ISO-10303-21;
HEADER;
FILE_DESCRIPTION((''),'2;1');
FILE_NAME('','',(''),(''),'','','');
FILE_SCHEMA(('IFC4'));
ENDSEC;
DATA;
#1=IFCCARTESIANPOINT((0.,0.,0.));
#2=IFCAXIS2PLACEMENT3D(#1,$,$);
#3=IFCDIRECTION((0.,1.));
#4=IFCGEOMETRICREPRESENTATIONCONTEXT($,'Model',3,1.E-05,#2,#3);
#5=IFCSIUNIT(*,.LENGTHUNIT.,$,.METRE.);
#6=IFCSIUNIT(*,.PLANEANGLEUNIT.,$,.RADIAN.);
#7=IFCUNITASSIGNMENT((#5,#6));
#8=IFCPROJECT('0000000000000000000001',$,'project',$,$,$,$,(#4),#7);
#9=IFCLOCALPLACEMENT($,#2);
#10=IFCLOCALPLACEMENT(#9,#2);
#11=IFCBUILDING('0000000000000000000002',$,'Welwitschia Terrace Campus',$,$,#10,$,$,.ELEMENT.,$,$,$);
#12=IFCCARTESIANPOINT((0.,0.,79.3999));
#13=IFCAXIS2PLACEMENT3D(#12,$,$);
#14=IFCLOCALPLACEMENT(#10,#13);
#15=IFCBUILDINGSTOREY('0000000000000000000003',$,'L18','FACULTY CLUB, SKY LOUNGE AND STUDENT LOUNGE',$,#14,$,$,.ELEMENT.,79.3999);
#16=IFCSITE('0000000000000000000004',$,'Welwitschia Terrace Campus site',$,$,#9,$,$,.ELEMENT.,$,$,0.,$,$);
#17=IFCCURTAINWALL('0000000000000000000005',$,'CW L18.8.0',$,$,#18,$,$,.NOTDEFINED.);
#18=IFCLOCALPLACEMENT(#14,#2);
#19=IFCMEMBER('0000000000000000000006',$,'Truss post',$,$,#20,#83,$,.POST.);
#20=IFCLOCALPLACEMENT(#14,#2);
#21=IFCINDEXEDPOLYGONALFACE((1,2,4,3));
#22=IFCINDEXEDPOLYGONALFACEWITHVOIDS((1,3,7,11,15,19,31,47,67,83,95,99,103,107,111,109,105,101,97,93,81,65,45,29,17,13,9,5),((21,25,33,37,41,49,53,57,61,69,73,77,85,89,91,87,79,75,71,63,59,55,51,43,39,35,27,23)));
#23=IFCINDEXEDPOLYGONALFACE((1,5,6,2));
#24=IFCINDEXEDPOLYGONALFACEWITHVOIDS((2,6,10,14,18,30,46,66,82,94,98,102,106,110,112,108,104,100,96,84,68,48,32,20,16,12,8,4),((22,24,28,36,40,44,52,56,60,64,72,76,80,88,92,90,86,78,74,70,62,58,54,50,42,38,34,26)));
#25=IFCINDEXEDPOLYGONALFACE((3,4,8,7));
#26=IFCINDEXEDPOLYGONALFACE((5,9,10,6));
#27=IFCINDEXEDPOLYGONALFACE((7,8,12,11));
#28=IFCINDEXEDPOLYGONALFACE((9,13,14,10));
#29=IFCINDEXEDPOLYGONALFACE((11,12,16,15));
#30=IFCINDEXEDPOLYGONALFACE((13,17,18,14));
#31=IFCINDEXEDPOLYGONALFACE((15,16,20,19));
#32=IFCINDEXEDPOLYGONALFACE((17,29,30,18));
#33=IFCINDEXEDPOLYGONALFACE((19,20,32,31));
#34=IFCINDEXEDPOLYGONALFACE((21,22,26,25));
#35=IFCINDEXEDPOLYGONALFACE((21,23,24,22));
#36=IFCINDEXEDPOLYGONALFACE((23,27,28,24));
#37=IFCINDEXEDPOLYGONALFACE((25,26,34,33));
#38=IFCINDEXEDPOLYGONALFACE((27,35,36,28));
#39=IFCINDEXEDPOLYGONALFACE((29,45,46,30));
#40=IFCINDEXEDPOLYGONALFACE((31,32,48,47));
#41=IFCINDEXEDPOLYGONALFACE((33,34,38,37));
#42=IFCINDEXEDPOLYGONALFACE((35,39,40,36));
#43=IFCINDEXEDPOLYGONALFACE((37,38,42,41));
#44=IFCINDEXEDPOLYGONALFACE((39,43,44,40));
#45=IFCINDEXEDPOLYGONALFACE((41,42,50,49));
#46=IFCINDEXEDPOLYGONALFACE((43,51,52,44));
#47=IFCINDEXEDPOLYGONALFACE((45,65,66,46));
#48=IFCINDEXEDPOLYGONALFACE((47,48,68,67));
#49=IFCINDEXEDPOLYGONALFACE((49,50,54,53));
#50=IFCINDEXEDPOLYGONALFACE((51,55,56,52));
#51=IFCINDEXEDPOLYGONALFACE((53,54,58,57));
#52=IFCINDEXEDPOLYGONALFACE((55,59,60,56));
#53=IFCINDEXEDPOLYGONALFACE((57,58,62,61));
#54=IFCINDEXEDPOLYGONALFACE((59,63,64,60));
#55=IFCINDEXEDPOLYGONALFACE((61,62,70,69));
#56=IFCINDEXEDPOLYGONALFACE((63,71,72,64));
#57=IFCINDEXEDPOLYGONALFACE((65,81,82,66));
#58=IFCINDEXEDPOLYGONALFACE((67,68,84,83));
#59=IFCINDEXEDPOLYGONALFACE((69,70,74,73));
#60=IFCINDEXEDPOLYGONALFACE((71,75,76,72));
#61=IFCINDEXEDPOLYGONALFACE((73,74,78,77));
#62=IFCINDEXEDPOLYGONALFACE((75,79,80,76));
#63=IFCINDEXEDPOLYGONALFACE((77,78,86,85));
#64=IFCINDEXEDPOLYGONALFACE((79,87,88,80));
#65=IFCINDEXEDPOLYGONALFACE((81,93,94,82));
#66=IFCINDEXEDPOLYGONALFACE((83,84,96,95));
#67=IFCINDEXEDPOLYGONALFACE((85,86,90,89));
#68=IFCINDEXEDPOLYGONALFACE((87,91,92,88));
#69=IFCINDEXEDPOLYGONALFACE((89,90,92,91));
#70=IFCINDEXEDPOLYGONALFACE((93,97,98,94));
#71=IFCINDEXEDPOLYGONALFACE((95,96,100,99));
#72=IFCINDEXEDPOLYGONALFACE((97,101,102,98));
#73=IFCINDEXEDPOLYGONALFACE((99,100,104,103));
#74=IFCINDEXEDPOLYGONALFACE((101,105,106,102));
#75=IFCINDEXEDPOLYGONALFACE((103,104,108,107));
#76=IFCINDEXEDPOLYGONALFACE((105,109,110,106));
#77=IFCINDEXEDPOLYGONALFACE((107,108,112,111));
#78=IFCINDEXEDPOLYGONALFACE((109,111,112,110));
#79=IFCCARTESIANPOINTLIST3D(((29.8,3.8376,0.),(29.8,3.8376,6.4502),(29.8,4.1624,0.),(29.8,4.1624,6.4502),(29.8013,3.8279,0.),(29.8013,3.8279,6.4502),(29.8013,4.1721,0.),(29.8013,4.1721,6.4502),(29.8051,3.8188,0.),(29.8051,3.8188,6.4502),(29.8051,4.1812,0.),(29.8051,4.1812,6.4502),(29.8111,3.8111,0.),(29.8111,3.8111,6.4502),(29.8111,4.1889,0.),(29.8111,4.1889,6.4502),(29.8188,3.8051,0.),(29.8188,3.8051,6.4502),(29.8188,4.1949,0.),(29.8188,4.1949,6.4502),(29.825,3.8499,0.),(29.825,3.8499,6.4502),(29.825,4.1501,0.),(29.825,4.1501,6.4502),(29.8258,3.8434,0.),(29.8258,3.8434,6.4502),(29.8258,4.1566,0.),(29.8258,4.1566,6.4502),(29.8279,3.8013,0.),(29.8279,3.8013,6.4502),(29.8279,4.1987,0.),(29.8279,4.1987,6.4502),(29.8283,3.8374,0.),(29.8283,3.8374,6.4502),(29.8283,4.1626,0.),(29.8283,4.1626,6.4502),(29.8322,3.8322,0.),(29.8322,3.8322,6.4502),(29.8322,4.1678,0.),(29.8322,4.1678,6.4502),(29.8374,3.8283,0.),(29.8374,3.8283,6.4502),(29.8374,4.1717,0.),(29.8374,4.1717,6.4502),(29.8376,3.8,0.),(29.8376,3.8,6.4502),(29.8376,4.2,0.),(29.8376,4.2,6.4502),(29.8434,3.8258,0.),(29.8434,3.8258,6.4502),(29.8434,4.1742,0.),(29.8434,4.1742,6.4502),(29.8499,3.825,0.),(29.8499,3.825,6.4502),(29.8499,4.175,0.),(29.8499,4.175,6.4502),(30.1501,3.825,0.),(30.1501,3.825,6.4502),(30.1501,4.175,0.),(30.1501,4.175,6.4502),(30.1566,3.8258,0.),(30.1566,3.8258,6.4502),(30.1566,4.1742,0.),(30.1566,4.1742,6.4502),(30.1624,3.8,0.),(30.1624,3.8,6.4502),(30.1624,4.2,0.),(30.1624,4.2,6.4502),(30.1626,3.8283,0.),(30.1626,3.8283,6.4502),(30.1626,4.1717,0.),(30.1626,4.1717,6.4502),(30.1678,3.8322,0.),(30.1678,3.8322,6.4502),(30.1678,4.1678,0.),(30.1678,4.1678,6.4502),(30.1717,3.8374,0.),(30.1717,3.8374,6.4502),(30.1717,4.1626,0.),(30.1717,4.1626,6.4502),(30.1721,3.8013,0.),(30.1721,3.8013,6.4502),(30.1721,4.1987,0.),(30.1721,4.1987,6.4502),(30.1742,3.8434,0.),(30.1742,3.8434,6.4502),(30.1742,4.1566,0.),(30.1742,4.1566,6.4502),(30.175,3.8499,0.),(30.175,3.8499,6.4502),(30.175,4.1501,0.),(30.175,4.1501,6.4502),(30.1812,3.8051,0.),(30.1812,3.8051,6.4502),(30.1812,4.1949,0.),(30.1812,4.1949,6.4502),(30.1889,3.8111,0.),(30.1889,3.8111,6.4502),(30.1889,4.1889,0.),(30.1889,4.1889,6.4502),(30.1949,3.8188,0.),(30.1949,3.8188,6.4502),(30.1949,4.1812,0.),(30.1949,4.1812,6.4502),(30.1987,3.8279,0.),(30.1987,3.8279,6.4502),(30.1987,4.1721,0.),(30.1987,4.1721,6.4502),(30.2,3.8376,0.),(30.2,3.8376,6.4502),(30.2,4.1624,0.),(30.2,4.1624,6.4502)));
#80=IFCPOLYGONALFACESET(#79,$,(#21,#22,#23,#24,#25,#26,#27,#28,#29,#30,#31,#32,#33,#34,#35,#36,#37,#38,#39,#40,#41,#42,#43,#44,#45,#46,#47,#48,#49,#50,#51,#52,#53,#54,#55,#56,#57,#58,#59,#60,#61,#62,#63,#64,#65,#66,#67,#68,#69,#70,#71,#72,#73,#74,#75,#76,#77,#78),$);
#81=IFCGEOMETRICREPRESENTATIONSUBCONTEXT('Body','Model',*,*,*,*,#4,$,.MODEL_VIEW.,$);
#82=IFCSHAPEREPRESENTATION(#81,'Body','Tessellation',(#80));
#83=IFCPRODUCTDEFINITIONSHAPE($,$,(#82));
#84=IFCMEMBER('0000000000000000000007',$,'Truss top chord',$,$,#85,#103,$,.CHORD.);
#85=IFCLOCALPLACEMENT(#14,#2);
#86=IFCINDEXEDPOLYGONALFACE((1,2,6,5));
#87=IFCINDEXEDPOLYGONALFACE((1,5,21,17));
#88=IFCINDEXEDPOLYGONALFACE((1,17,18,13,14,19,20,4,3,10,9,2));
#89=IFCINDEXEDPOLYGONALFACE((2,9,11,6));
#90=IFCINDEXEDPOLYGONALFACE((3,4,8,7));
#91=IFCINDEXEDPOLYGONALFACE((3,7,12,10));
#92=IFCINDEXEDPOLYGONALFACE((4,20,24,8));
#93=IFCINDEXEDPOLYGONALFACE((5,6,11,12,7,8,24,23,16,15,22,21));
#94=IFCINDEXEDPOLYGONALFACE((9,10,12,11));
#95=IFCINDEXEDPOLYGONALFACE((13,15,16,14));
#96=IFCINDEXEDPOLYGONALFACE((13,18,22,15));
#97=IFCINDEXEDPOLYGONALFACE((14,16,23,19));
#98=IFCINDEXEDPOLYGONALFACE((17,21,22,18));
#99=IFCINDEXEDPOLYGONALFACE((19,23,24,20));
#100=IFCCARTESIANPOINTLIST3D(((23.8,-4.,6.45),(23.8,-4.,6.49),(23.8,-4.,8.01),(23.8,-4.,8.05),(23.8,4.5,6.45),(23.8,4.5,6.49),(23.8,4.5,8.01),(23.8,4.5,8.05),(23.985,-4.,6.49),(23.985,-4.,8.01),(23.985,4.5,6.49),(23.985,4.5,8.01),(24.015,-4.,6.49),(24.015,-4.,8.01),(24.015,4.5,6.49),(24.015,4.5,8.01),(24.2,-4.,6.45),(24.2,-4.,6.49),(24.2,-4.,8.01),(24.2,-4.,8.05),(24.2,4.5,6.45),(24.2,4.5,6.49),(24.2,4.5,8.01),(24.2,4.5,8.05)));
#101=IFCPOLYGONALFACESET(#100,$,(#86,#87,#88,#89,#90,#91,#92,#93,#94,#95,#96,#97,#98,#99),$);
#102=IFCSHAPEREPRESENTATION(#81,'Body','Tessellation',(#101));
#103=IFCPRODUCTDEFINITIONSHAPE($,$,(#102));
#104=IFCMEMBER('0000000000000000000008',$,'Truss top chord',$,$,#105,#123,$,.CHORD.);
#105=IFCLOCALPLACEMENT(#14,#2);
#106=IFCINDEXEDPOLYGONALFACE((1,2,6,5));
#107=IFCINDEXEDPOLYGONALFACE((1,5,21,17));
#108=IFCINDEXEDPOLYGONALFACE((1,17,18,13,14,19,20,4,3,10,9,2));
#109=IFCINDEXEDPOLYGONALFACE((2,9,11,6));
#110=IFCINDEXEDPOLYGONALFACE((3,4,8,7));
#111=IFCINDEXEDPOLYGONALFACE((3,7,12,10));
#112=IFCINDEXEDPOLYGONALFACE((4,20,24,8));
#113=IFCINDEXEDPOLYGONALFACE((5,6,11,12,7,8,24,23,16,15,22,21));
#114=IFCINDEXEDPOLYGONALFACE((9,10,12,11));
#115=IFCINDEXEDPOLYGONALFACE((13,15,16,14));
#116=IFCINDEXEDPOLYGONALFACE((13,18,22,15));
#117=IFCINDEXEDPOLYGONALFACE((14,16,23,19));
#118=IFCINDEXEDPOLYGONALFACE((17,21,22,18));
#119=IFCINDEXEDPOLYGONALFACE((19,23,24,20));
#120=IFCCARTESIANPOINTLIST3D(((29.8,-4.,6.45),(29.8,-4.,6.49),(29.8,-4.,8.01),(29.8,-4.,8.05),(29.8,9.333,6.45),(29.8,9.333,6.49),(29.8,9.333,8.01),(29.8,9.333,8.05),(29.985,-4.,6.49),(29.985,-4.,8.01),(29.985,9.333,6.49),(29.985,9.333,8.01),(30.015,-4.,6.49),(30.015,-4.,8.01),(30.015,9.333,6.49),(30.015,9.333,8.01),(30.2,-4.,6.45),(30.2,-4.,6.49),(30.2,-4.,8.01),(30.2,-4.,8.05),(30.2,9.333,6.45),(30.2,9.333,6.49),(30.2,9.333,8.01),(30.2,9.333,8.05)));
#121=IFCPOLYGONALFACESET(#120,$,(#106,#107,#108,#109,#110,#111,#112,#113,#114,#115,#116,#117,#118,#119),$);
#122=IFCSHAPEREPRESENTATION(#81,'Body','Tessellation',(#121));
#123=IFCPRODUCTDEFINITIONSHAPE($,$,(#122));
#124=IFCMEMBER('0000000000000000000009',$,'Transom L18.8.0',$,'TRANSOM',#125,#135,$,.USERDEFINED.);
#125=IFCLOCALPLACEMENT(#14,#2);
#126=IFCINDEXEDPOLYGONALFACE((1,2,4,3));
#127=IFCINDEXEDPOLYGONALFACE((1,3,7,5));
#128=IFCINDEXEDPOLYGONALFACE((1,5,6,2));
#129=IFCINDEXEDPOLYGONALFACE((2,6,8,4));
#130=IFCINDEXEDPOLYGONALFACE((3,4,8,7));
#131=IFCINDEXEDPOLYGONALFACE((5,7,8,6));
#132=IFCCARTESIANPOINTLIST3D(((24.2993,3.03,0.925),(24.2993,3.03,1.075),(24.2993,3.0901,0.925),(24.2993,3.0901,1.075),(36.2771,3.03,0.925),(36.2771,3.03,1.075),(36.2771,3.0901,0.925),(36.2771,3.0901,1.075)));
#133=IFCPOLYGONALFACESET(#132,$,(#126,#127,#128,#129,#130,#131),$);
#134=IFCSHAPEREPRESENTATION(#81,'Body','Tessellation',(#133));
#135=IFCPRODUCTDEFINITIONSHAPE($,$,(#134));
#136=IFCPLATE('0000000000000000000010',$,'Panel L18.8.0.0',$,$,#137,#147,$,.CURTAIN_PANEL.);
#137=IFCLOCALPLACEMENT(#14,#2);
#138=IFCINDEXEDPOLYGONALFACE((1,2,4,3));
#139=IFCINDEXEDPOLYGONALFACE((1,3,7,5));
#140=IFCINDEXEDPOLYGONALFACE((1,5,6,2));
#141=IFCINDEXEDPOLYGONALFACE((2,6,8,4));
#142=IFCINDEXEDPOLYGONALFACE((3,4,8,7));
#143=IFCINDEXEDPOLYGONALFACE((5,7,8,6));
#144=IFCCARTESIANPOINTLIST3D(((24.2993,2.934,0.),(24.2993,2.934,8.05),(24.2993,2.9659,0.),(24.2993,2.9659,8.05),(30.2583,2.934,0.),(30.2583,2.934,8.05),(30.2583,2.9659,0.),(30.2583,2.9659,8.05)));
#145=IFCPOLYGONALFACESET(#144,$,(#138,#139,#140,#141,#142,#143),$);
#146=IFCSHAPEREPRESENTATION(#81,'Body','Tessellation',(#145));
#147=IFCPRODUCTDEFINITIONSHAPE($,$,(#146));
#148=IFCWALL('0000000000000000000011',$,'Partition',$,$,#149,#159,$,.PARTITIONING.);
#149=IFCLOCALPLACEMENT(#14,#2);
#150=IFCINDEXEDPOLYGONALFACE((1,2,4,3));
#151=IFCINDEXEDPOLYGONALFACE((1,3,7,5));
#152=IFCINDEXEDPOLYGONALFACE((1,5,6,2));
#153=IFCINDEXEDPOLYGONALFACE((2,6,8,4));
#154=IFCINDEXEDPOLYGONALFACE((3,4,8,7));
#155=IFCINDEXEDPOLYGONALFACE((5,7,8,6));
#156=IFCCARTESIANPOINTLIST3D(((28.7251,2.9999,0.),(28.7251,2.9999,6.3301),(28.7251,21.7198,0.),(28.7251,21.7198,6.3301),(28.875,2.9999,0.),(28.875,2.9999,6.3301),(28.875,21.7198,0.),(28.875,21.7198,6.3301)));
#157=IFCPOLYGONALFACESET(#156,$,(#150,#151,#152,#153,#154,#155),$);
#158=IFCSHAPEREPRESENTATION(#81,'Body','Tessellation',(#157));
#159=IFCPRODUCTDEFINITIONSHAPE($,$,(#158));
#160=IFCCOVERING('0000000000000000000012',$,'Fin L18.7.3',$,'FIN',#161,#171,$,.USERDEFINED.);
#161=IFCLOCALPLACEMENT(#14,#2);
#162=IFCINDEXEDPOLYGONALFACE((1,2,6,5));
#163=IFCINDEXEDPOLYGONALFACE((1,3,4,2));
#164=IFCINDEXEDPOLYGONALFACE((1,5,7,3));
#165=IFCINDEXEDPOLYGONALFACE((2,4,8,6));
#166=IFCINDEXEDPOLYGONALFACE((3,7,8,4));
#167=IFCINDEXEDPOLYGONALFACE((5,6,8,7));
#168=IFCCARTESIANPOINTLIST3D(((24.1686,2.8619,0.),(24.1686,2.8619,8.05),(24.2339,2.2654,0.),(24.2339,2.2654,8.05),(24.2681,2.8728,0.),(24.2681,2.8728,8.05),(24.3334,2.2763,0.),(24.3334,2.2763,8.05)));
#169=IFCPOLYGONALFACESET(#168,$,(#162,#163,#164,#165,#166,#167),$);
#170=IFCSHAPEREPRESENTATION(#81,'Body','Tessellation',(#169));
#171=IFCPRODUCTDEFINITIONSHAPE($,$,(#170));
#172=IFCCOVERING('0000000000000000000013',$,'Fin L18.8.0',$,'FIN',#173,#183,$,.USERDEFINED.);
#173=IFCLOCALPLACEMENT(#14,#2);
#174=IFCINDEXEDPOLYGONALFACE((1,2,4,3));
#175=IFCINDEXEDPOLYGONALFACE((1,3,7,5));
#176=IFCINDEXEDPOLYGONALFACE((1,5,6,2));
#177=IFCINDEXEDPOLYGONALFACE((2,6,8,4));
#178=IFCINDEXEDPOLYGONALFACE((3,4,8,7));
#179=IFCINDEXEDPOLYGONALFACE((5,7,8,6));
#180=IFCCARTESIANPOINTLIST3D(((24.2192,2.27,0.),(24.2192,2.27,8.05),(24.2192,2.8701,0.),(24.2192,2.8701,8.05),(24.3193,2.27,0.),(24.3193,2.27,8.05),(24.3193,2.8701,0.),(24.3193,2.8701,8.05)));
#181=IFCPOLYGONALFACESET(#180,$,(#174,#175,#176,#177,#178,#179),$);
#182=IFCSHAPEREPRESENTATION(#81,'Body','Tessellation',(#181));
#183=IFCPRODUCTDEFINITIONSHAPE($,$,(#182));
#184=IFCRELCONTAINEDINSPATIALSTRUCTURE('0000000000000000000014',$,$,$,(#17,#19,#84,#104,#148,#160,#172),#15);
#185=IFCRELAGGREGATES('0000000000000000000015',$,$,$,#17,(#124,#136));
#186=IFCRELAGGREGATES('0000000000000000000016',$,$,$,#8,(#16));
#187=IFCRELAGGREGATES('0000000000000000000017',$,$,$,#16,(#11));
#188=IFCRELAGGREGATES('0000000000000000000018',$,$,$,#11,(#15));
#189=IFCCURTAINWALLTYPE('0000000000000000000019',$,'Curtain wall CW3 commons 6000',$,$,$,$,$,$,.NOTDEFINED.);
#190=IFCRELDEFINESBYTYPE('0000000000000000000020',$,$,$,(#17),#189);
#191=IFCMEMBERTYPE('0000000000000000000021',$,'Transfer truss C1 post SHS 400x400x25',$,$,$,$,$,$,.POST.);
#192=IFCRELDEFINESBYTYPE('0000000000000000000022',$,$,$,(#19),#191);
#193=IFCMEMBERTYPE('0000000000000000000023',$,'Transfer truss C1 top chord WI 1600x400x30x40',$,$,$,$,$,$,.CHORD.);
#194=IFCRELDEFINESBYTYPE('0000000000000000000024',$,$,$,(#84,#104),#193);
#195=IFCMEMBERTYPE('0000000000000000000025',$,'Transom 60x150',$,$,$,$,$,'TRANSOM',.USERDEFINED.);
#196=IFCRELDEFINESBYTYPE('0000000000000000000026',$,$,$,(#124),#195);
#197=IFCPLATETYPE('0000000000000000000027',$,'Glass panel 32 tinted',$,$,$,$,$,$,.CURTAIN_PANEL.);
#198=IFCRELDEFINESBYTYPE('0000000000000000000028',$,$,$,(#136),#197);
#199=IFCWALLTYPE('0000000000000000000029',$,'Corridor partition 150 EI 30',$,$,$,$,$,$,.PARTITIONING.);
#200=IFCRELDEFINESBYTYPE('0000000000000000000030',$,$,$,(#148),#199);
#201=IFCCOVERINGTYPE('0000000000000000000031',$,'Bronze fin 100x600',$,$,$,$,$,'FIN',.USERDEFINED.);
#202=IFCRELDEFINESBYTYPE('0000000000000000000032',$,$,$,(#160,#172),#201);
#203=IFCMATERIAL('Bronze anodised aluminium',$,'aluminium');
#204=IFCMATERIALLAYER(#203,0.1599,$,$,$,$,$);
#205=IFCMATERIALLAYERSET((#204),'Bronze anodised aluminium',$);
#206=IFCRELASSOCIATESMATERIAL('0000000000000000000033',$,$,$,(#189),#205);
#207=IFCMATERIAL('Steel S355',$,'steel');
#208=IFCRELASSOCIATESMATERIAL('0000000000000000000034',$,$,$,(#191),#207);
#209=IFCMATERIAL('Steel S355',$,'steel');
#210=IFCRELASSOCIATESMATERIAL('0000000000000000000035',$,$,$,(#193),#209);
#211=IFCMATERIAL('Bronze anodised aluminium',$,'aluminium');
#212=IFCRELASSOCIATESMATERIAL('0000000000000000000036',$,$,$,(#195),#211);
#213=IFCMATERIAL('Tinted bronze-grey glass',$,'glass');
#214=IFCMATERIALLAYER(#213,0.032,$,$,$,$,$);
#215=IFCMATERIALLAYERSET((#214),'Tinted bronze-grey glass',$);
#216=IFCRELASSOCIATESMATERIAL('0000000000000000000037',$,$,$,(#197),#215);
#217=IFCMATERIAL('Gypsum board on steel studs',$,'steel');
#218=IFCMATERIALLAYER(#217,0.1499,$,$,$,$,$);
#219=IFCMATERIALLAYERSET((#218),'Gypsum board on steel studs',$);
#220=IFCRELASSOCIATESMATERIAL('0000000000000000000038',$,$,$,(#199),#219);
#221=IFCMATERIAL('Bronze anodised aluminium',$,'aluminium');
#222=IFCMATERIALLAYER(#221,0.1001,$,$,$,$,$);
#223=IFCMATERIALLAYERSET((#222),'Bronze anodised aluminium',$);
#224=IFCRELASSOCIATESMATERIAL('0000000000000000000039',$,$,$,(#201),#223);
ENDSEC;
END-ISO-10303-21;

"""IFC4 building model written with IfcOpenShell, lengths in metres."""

from ifc_helpers import new_model, si_unit, direction, frame, frame_2d, origin, origin_2d, place, context, subcontext, project, spatial, rectangle, hollow_rectangle, i_section, extrude, material, layer, layer_set, material_profile, profile_set, type_object, element, aggregate, save


model = new_model("IFC4")

# Units and contexts
model_context = context("Model", 3, precision=1e-05, world=origin(), true_north=direction((0.0, 1.0)))
body_context = subcontext(model_context, "Body", "Model", "MODEL_VIEW")
ifc_project = project(units=[si_unit("LENGTHUNIT", "METRE"), si_unit("PLANEANGLEUNIT", "RADIAN")], contexts=[model_context])

# Site, building, storey
site_placement = place(None, origin())
site = spatial("IfcSite", under=ifc_project, at=site_placement, Name="Welwitschia Terrace Campus site", CompositionType="ELEMENT", RefElevation=0.0)
building_placement = place(site_placement, origin())
building = spatial("IfcBuilding", under=site, at=building_placement, Name="Welwitschia Terrace Campus", CompositionType="ELEMENT")
storey_placement = place(building_placement, frame((0.0, 0.0, 79.3999)))
storey = spatial("IfcBuildingStorey", under=building, at=storey_placement, Name="L18", Description="FACULTY CLUB, SKY LOUNGE AND STUDENT LOUNGE", CompositionType="ELEMENT", Elevation=79.3999)

# Shared definitions
ifc_material_1 = material(Name="Bronze anodised aluminium", Category="aluminium")
ifc_layer_1 = layer(ifc_material_1, 0.1599)
ifc_layer_set_1 = layer_set([ifc_layer_1], Name="Bronze anodised aluminium")
curtain_wall_type = type_object("IfcCurtainWallType", Name="Curtain wall CW3 commons 6000", PredefinedType="NOTDEFINED", material=ifc_layer_set_1)

# Curtain wall
curtain_wall_1_placement = place(storey_placement, origin())
curtain_wall_1 = element("IfcCurtainWall", 1, at=curtain_wall_1_placement, inside=storey, type_object=curtain_wall_type, Name="CW L18.8.0", PredefinedType="NOTDEFINED")

# Members
ifc_material_2 = material(Name="Steel S355", Category="steel")
ifc_material_profile_1 = material_profile(ifc_material_2, hollow_rectangle(XDim=0.3999, YDim=0.3999, WallThickness=0.0249, InnerFilletRadius=0.0249, OuterFilletRadius=0.0376, at=origin_2d()))
ifc_profile_set_1 = profile_set([ifc_material_profile_1], Name="Steel S355")
member_type_1 = type_object("IfcMemberType", Name="Transfer truss C1 post SHS 400x400x25", PredefinedType="POST", material=ifc_profile_set_1)
for number, where, z_axis, x_axis, name in (
    (2, (30.0, 4.0, 0.0), (0.0, 0.0, 1.0), (1.0, 0.0, 0.0), "Truss post"),
):
    element("IfcMember", number, at=place(storey_placement, frame(where, z_axis=z_axis, x_axis=x_axis)), inside=storey, type_object=member_type_1, Name=name, PredefinedType="POST", context=body_context, shape_type="SweptSolid", body=[
        extrude(hollow_rectangle(XDim=0.3999, YDim=0.3999, WallThickness=0.0249, InnerFilletRadius=0.0249, OuterFilletRadius=0.0376, at=origin_2d()), origin(), (0.0, 0.0, 1.0), 6.4502),
    ])
ifc_material_3 = material(Name="Steel S355", Category="steel")
ifc_material_profile_2 = material_profile(ifc_material_3, i_section(OverallWidth=0.3999, OverallDepth=1.6001, WebThickness=0.03, FlangeThickness=0.04, at=origin_2d()))
ifc_profile_set_2 = profile_set([ifc_material_profile_2], Name="Steel S355")
member_type_2 = type_object("IfcMemberType", Name="Transfer truss C1 top chord WI 1600x400x30x40", PredefinedType="CHORD", material=ifc_profile_set_2)
member_1_placement = place(storey_placement, frame((24.0, -4.0, 7.25), z_axis=(0.0, 1.0, 0.0), x_axis=(-1.0, 0.0, 0.0)))
element("IfcMember", 3, at=member_1_placement, inside=storey, type_object=member_type_2, Name="Truss top chord", PredefinedType="CHORD", context=body_context, shape_type="SweptSolid", body=[
    extrude(i_section(OverallWidth=0.3999, OverallDepth=1.6001, WebThickness=0.03, FlangeThickness=0.04, at=origin_2d()), origin(), (0.0, 0.0, 1.0), 8.5),
])
member_2_placement = place(storey_placement, frame((30.0, -4.0, 7.25), z_axis=(0.0, 1.0, 0.0), x_axis=(-1.0, 0.0, 0.0)))
element("IfcMember", 4, at=member_2_placement, inside=storey, type_object=member_type_2, Name="Truss top chord", PredefinedType="CHORD", context=body_context, shape_type="SweptSolid", body=[
    extrude(i_section(OverallWidth=0.3999, OverallDepth=1.6001, WebThickness=0.03, FlangeThickness=0.04, at=origin_2d()), origin(), (0.0, 0.0, 1.0), 13.333),
])

# Member
ifc_material_4 = material(Name="Bronze anodised aluminium", Category="aluminium")
ifc_material_profile_3 = material_profile(ifc_material_4, rectangle(XDim=0.0601, YDim=0.1499, at=origin_2d()))
ifc_profile_set_3 = profile_set([ifc_material_profile_3], Name="Bronze anodised aluminium")
member_type_3 = type_object("IfcMemberType", Name="Transom 60x150", ElementType="TRANSOM", PredefinedType="USERDEFINED", material=ifc_profile_set_3)
member_3_placement = place(storey_placement, frame((24.2993, 3.0601, 1.0), z_axis=(1.0, 0.0, 0.0), x_axis=(0.0, 1.0, 0.0)))
member_3 = element("IfcMember", 5, at=member_3_placement, type_object=member_type_3, Name="Transom L18.8.0", ObjectType="TRANSOM", PredefinedType="USERDEFINED", context=body_context, shape_type="SweptSolid", body=[
    extrude(rectangle(XDim=0.0601, YDim=0.1499, at=origin_2d()), origin(), (0.0, 0.0, 1.0), 11.9778),
])

# Plate
ifc_material_5 = material(Name="Tinted bronze-grey glass", Category="glass")
ifc_layer_2 = layer(ifc_material_5, 0.032)
ifc_layer_set_2 = layer_set([ifc_layer_2], Name="Tinted bronze-grey glass")
plate_type = type_object("IfcPlateType", Name="Glass panel 32 tinted", PredefinedType="CURTAIN_PANEL", material=ifc_layer_set_2)
plate_placement = place(storey_placement, frame((27.2788, 2.95, 0.0), z_axis=(0.0, 0.0, 1.0), x_axis=(1.0, 0.0, 0.0)))
plate = element("IfcPlate", 6, at=plate_placement, type_object=plate_type, Name="Panel L18.8.0.0", PredefinedType="CURTAIN_PANEL", context=body_context, shape_type="SweptSolid", body=[
    extrude(rectangle(XDim=5.959, YDim=0.032, at=origin_2d()), origin(), (0.0, 0.0, 1.0), 8.05),
])
aggregate(curtain_wall_1, [member_3, plate])

# Wall
ifc_material_6 = material(Name="Gypsum board on steel studs", Category="steel")
ifc_layer_3 = layer(ifc_material_6, 0.1499)
ifc_layer_set_3 = layer_set([ifc_layer_3], Name="Gypsum board on steel studs")
wall_type = type_object("IfcWallType", Name="Corridor partition 150 EI 30", PredefinedType="PARTITIONING", material=ifc_layer_set_3)
wall_placement = place(storey_placement, frame((28.8, 3.0, 0.0), z_axis=(0.0, 0.0, 1.0), x_axis=(0.0, 1.0, 0.0)))
element("IfcWall", 7, at=wall_placement, inside=storey, type_object=wall_type, Name="Partition", PredefinedType="PARTITIONING", context=body_context, shape_type="SweptSolid", body=[
    extrude(rectangle(XDim=18.72, YDim=0.1499, at=frame_2d((9.3599, 0.0))), origin(), (0.0, 0.0, 1.0), 6.3301),
])

# Coverings
ifc_material_7 = material(Name="Bronze anodised aluminium", Category="aluminium")
ifc_layer_4 = layer(ifc_material_7, 0.1001)
ifc_layer_set_4 = layer_set([ifc_layer_4], Name="Bronze anodised aluminium")
covering_type = type_object("IfcCoveringType", Name="Bronze fin 100x600", ElementType="FIN", PredefinedType="USERDEFINED", material=ifc_layer_set_4)
for number, where, z_axis, x_axis, name in (
    (8, (24.251, 2.5691, 0.0), (0.0, 0.0, 1.0), (0.994056, 0.108867, 0.0), "Fin L18.7.3"),
    (9, (24.2693, 2.5701, 0.0), (0.0, 0.0, 1.0), (1.0, 0.0, 0.0), "Fin L18.8.0"),
):
    element("IfcCovering", number, at=place(storey_placement, frame(where, z_axis=z_axis, x_axis=x_axis)), inside=storey, type_object=covering_type, Name=name, ObjectType="FIN", PredefinedType="USERDEFINED", context=body_context, shape_type="SweptSolid", body=[
        extrude(rectangle(XDim=0.1001, YDim=0.6001, at=origin_2d()), origin(), (0.0, 0.0, 1.0), 8.05),
    ])

save(model, "model.ifc")
